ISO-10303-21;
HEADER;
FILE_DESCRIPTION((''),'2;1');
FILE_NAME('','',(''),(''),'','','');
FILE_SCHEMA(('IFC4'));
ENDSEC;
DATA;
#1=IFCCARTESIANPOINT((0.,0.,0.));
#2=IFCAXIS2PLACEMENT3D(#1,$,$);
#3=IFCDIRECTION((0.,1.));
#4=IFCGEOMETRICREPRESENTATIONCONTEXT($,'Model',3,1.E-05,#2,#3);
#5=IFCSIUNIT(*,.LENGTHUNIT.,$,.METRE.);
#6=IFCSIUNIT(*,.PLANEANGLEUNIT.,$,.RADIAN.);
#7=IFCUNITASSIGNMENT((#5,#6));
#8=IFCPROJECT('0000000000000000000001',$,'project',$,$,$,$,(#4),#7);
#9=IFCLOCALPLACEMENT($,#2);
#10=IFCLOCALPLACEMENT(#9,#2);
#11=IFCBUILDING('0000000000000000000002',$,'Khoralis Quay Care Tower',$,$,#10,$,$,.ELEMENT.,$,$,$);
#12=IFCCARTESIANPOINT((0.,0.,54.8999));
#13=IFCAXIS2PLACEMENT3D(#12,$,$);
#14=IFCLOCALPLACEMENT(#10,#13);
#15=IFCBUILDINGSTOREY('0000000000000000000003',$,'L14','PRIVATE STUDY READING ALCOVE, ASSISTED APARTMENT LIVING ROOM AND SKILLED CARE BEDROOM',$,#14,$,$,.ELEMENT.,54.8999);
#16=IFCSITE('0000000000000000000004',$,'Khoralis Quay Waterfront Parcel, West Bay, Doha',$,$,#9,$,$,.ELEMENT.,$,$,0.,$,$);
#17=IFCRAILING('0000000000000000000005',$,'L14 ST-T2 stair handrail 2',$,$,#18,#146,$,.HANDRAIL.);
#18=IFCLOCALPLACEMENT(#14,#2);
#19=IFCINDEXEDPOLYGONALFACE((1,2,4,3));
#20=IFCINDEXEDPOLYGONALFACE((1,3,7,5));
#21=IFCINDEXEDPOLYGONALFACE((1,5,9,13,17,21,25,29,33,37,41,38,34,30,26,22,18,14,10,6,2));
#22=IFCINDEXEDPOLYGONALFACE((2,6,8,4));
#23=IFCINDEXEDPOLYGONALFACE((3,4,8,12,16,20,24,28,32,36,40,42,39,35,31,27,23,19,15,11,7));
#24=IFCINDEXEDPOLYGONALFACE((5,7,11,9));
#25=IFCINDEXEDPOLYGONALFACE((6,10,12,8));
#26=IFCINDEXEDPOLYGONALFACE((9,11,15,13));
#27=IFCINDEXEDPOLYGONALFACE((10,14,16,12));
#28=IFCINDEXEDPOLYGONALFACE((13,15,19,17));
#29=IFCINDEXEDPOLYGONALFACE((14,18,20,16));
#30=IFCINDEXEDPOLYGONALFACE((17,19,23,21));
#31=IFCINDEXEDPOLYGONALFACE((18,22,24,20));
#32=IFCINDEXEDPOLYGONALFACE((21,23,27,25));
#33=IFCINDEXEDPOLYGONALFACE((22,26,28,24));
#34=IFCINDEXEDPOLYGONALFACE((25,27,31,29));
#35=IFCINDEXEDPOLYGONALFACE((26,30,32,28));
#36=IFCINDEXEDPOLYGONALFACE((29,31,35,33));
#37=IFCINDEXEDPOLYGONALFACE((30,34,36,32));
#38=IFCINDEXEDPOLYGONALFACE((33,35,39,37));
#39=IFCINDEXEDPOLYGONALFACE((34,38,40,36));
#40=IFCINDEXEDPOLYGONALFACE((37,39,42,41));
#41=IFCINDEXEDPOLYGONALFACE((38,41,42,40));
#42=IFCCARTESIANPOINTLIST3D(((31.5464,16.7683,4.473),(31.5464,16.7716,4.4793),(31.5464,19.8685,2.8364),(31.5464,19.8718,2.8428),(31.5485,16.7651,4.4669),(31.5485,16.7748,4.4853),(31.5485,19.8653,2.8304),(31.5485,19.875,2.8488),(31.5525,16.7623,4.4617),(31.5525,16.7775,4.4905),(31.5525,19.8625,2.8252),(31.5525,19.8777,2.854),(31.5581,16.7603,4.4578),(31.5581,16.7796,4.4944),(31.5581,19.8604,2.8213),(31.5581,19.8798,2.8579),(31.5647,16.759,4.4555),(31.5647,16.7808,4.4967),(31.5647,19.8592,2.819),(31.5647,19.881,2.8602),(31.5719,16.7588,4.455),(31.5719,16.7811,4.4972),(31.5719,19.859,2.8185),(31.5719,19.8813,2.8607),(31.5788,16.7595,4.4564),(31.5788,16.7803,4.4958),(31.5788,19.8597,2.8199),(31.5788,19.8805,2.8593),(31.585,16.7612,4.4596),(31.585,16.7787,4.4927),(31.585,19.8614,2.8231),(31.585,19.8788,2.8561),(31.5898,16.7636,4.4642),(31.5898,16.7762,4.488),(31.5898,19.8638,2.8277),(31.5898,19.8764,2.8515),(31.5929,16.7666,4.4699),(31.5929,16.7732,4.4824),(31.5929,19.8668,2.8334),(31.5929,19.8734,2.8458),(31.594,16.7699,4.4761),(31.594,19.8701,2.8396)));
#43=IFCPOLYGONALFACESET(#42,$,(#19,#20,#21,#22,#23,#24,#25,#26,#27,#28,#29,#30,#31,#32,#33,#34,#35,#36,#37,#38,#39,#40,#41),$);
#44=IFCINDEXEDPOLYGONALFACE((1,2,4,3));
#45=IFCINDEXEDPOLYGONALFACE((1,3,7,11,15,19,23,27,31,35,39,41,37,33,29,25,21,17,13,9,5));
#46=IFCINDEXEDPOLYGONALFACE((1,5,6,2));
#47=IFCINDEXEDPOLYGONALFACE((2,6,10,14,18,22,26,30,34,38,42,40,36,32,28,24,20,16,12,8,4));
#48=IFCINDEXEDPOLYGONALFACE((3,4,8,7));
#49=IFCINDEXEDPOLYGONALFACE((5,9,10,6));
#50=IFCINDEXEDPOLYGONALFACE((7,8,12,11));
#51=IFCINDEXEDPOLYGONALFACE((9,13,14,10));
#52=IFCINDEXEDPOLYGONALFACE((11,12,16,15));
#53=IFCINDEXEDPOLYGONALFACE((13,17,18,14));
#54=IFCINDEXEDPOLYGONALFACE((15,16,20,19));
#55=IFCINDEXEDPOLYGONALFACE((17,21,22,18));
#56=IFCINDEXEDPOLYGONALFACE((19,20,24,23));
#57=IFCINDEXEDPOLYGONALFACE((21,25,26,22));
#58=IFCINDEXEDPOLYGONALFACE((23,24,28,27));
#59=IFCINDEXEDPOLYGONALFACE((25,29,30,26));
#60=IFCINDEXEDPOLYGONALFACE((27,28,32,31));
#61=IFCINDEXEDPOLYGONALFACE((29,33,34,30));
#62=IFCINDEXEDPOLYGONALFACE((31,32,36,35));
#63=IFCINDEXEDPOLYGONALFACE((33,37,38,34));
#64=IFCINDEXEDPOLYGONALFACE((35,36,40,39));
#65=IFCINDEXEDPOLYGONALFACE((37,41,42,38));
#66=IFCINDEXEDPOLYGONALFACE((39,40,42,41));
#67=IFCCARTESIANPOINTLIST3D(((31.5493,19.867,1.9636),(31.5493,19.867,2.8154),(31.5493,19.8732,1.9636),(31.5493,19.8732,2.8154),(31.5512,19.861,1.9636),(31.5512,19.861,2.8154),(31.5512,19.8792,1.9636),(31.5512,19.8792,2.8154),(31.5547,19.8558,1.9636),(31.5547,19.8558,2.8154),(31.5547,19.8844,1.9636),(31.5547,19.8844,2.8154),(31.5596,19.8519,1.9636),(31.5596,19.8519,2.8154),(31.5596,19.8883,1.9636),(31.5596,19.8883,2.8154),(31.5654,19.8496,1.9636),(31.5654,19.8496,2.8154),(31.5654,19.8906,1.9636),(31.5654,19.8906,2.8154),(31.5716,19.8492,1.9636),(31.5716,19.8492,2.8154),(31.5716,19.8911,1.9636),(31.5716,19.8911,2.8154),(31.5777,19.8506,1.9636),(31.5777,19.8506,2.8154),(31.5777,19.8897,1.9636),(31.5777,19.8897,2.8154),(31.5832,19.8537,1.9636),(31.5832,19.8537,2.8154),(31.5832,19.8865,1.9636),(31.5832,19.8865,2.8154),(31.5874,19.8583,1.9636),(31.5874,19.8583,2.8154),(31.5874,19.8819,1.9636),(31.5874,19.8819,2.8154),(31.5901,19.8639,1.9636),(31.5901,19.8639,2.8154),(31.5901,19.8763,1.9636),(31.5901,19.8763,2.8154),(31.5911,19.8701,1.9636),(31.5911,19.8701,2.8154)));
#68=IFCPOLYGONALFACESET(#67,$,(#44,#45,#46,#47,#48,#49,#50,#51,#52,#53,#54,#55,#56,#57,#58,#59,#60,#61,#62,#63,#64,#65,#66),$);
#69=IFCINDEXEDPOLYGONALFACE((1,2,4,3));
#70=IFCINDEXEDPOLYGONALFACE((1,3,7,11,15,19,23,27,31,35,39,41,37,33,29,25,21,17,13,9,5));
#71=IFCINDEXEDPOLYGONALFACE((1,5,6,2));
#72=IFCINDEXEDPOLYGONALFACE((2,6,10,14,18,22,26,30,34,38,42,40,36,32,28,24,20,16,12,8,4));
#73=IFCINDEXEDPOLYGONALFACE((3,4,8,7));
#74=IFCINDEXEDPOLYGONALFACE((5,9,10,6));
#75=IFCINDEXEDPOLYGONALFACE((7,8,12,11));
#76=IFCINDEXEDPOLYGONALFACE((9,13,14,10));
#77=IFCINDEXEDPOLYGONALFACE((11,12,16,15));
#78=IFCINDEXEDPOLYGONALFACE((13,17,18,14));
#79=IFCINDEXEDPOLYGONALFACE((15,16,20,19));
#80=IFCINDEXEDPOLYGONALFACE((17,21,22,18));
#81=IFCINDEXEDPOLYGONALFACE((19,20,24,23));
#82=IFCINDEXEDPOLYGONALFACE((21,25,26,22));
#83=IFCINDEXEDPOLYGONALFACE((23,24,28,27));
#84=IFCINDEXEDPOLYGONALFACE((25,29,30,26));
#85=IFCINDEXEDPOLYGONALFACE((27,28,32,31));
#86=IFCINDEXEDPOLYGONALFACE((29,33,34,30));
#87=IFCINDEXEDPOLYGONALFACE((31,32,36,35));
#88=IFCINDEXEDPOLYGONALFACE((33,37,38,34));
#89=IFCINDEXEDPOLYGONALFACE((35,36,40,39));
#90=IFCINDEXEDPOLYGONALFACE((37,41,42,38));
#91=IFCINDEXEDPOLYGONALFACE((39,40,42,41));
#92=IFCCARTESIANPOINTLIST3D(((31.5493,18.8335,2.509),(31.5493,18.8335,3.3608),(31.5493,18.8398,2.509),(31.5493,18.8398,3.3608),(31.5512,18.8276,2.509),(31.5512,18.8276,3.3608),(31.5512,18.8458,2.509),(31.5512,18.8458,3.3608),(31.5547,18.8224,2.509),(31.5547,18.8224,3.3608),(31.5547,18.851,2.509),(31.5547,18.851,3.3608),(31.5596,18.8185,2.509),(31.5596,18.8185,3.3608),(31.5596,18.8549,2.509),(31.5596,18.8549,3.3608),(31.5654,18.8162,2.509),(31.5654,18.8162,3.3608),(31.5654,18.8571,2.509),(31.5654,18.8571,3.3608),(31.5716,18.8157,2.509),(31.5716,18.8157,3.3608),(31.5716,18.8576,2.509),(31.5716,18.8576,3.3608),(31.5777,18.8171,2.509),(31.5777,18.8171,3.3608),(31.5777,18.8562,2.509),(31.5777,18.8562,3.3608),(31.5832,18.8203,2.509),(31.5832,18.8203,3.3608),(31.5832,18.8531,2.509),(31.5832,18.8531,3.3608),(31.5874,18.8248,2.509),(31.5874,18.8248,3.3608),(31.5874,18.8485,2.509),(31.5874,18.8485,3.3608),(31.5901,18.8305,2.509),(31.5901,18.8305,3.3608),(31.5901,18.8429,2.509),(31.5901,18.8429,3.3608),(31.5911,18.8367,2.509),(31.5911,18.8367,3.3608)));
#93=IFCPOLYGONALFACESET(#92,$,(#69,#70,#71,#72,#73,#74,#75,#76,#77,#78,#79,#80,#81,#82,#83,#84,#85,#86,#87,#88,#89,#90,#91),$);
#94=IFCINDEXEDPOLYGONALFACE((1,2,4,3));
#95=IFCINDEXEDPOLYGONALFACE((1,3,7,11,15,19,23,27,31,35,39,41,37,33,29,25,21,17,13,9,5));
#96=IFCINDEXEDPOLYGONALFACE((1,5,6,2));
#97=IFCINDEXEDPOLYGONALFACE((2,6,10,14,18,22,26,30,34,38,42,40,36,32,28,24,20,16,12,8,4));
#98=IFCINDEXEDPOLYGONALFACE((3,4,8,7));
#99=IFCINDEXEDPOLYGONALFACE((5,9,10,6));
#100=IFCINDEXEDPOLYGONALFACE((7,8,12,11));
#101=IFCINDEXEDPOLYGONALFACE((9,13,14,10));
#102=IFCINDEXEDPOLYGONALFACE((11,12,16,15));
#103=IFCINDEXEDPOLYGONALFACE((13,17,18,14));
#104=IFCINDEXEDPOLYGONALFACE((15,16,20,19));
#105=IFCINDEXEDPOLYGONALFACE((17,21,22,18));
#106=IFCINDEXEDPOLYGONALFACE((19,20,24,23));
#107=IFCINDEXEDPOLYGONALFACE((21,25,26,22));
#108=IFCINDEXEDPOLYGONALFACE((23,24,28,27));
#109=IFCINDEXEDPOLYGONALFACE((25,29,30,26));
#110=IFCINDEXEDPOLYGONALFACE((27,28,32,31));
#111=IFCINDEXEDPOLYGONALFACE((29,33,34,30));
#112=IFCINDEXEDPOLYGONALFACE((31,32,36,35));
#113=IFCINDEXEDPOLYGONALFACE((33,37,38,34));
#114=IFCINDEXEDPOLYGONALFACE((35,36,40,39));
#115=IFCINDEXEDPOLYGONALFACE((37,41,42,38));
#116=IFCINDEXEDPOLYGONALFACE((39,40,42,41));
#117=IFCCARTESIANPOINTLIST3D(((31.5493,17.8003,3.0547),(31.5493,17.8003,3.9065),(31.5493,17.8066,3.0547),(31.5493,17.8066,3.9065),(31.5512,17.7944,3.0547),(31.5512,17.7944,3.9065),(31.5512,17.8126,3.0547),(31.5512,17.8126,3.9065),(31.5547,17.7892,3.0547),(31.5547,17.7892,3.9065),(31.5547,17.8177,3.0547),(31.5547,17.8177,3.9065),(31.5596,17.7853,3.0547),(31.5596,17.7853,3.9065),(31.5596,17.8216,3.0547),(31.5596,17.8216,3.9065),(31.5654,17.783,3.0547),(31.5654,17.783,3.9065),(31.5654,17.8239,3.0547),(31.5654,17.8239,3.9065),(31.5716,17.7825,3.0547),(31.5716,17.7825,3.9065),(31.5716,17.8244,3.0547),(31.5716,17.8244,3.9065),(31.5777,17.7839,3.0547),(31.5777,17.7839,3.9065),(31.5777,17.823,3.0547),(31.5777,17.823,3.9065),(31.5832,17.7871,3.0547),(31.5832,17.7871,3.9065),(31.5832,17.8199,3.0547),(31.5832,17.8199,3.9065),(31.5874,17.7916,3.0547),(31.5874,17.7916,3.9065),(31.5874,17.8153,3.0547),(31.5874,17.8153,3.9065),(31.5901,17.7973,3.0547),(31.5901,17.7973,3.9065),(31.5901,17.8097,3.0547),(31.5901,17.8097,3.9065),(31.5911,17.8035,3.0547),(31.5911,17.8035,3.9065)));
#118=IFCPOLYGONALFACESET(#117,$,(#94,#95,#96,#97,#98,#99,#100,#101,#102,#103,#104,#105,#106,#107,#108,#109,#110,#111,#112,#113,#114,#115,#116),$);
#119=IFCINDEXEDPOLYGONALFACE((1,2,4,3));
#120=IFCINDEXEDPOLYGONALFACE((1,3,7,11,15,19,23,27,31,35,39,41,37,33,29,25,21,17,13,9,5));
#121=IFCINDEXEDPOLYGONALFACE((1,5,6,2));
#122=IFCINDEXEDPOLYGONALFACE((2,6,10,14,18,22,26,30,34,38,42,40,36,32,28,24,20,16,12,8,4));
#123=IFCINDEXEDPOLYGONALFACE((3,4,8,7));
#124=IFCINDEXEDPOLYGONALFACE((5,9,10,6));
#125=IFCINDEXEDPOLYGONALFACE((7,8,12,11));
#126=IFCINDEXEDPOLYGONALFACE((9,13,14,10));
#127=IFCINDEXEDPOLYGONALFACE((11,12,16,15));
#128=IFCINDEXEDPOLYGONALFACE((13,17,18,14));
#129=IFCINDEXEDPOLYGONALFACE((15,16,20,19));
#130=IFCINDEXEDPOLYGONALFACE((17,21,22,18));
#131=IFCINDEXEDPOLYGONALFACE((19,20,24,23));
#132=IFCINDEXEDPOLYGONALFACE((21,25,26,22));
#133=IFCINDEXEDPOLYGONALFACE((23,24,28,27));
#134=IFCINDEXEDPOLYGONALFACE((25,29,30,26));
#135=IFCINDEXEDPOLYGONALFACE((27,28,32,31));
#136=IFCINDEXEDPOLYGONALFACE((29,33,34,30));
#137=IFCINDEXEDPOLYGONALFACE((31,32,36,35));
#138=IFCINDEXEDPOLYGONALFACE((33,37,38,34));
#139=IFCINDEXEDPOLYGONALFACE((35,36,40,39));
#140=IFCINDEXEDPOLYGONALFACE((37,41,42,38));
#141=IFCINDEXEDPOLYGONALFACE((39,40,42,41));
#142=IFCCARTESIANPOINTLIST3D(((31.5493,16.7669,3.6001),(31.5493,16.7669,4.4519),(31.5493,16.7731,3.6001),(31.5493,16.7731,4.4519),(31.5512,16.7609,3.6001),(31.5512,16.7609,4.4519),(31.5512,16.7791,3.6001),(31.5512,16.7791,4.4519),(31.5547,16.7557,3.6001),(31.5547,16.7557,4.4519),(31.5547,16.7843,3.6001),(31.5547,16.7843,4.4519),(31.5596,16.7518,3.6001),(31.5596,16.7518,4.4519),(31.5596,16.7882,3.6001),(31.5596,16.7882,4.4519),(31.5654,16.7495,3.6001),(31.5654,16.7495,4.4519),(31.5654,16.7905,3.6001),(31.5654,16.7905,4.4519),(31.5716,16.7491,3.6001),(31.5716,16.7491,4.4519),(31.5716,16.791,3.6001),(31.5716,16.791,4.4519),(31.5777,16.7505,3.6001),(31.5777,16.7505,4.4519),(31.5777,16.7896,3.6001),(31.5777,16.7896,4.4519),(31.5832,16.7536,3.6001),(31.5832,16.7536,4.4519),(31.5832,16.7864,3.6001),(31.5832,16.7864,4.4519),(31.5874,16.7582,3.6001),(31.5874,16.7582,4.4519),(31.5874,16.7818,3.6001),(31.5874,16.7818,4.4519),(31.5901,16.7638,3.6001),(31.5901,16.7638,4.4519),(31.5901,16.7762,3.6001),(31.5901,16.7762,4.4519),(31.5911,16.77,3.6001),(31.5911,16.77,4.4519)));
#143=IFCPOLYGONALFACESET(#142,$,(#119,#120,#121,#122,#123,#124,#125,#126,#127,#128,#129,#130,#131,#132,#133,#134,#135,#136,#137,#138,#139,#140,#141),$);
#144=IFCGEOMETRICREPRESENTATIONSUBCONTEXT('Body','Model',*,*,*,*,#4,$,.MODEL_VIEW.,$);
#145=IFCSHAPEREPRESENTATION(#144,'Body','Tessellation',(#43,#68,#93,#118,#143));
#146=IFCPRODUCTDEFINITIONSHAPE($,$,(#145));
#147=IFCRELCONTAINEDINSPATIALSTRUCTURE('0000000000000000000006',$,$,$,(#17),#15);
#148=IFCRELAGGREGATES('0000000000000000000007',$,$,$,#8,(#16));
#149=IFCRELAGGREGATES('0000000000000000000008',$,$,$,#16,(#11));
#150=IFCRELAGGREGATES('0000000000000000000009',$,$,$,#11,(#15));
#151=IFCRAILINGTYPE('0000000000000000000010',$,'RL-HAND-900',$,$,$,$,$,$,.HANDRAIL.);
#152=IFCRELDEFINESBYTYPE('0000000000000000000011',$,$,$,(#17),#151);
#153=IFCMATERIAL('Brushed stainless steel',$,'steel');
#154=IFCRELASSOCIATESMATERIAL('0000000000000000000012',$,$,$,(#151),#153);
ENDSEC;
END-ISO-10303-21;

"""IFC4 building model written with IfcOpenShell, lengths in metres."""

from ifc_helpers import new_model, si_unit, direction, frame, origin, origin_2d, place, context, subcontext, project, spatial, circle, extrude, material, type_object, element, save


model = new_model("IFC4")

# Units and contexts
model_context = context("Model", 3, precision=1e-05, world=origin(), true_north=direction((0.0, 1.0)))
body_context = subcontext(model_context, "Body", "Model", "MODEL_VIEW")
ifc_project = project(units=[si_unit("LENGTHUNIT", "METRE"), si_unit("PLANEANGLEUNIT", "RADIAN")], contexts=[model_context])

# Site, building, storey
site_placement = place(None, origin())
site = spatial("IfcSite", under=ifc_project, at=site_placement, Name="Khoralis Quay Waterfront Parcel, West Bay, Doha", CompositionType="ELEMENT", RefElevation=0.0)
building_placement = place(site_placement, origin())
building = spatial("IfcBuilding", under=site, at=building_placement, Name="Khoralis Quay Care Tower", CompositionType="ELEMENT")
storey_placement = place(building_placement, frame((0.0, 0.0, 54.8999)))
storey = spatial("IfcBuildingStorey", under=building, at=storey_placement, Name="L14", Description="PRIVATE STUDY READING ALCOVE, ASSISTED APARTMENT LIVING ROOM AND SKILLED CARE BEDROOM", CompositionType="ELEMENT", Elevation=54.8999)

# Shared definitions
ifc_material_1 = material(Name="Brushed stainless steel", Category="steel")

# Railing
railing_type_1 = type_object("IfcRailingType", Name="RL-HAND-900", PredefinedType="HANDRAIL", material=ifc_material_1)
railing_1_placement = place(storey_placement, frame((31.5701, 19.8701, 1.9636)))
element("IfcRailing", 1, at=railing_1_placement, inside=storey, type_object=railing_type_1, Name="L14 ST-T2 stair handrail 2", PredefinedType="HANDRAIL", context=body_context, shape_type="SweptSolid", body=[
    extrude(circle(Radius=0.0239, at=origin_2d()), frame((0.0, 0.0, 0.876), z_axis=(0.0, -0.884348, 0.466828), x_axis=(1.0, 0.0, 0.0)), (0.0, 0.0, 1.0), 3.5056),
    extrude(circle(Radius=0.021, at=origin_2d()), origin(), (0.0, 0.0, 1.0), 0.8518),
    extrude(circle(Radius=0.021, at=origin_2d()), frame((0.0, -1.0334, 0.5454)), (0.0, 0.0, 1.0), 0.8518),
    extrude(circle(Radius=0.021, at=origin_2d()), frame((0.0, -2.0667, 1.0911)), (0.0, 0.0, 1.0), 0.8518),
    extrude(circle(Radius=0.021, at=origin_2d()), frame((0.0, -3.1001, 1.6365)), (0.0, 0.0, 1.0), 0.8518),
])

save(model, "model.ifc")
